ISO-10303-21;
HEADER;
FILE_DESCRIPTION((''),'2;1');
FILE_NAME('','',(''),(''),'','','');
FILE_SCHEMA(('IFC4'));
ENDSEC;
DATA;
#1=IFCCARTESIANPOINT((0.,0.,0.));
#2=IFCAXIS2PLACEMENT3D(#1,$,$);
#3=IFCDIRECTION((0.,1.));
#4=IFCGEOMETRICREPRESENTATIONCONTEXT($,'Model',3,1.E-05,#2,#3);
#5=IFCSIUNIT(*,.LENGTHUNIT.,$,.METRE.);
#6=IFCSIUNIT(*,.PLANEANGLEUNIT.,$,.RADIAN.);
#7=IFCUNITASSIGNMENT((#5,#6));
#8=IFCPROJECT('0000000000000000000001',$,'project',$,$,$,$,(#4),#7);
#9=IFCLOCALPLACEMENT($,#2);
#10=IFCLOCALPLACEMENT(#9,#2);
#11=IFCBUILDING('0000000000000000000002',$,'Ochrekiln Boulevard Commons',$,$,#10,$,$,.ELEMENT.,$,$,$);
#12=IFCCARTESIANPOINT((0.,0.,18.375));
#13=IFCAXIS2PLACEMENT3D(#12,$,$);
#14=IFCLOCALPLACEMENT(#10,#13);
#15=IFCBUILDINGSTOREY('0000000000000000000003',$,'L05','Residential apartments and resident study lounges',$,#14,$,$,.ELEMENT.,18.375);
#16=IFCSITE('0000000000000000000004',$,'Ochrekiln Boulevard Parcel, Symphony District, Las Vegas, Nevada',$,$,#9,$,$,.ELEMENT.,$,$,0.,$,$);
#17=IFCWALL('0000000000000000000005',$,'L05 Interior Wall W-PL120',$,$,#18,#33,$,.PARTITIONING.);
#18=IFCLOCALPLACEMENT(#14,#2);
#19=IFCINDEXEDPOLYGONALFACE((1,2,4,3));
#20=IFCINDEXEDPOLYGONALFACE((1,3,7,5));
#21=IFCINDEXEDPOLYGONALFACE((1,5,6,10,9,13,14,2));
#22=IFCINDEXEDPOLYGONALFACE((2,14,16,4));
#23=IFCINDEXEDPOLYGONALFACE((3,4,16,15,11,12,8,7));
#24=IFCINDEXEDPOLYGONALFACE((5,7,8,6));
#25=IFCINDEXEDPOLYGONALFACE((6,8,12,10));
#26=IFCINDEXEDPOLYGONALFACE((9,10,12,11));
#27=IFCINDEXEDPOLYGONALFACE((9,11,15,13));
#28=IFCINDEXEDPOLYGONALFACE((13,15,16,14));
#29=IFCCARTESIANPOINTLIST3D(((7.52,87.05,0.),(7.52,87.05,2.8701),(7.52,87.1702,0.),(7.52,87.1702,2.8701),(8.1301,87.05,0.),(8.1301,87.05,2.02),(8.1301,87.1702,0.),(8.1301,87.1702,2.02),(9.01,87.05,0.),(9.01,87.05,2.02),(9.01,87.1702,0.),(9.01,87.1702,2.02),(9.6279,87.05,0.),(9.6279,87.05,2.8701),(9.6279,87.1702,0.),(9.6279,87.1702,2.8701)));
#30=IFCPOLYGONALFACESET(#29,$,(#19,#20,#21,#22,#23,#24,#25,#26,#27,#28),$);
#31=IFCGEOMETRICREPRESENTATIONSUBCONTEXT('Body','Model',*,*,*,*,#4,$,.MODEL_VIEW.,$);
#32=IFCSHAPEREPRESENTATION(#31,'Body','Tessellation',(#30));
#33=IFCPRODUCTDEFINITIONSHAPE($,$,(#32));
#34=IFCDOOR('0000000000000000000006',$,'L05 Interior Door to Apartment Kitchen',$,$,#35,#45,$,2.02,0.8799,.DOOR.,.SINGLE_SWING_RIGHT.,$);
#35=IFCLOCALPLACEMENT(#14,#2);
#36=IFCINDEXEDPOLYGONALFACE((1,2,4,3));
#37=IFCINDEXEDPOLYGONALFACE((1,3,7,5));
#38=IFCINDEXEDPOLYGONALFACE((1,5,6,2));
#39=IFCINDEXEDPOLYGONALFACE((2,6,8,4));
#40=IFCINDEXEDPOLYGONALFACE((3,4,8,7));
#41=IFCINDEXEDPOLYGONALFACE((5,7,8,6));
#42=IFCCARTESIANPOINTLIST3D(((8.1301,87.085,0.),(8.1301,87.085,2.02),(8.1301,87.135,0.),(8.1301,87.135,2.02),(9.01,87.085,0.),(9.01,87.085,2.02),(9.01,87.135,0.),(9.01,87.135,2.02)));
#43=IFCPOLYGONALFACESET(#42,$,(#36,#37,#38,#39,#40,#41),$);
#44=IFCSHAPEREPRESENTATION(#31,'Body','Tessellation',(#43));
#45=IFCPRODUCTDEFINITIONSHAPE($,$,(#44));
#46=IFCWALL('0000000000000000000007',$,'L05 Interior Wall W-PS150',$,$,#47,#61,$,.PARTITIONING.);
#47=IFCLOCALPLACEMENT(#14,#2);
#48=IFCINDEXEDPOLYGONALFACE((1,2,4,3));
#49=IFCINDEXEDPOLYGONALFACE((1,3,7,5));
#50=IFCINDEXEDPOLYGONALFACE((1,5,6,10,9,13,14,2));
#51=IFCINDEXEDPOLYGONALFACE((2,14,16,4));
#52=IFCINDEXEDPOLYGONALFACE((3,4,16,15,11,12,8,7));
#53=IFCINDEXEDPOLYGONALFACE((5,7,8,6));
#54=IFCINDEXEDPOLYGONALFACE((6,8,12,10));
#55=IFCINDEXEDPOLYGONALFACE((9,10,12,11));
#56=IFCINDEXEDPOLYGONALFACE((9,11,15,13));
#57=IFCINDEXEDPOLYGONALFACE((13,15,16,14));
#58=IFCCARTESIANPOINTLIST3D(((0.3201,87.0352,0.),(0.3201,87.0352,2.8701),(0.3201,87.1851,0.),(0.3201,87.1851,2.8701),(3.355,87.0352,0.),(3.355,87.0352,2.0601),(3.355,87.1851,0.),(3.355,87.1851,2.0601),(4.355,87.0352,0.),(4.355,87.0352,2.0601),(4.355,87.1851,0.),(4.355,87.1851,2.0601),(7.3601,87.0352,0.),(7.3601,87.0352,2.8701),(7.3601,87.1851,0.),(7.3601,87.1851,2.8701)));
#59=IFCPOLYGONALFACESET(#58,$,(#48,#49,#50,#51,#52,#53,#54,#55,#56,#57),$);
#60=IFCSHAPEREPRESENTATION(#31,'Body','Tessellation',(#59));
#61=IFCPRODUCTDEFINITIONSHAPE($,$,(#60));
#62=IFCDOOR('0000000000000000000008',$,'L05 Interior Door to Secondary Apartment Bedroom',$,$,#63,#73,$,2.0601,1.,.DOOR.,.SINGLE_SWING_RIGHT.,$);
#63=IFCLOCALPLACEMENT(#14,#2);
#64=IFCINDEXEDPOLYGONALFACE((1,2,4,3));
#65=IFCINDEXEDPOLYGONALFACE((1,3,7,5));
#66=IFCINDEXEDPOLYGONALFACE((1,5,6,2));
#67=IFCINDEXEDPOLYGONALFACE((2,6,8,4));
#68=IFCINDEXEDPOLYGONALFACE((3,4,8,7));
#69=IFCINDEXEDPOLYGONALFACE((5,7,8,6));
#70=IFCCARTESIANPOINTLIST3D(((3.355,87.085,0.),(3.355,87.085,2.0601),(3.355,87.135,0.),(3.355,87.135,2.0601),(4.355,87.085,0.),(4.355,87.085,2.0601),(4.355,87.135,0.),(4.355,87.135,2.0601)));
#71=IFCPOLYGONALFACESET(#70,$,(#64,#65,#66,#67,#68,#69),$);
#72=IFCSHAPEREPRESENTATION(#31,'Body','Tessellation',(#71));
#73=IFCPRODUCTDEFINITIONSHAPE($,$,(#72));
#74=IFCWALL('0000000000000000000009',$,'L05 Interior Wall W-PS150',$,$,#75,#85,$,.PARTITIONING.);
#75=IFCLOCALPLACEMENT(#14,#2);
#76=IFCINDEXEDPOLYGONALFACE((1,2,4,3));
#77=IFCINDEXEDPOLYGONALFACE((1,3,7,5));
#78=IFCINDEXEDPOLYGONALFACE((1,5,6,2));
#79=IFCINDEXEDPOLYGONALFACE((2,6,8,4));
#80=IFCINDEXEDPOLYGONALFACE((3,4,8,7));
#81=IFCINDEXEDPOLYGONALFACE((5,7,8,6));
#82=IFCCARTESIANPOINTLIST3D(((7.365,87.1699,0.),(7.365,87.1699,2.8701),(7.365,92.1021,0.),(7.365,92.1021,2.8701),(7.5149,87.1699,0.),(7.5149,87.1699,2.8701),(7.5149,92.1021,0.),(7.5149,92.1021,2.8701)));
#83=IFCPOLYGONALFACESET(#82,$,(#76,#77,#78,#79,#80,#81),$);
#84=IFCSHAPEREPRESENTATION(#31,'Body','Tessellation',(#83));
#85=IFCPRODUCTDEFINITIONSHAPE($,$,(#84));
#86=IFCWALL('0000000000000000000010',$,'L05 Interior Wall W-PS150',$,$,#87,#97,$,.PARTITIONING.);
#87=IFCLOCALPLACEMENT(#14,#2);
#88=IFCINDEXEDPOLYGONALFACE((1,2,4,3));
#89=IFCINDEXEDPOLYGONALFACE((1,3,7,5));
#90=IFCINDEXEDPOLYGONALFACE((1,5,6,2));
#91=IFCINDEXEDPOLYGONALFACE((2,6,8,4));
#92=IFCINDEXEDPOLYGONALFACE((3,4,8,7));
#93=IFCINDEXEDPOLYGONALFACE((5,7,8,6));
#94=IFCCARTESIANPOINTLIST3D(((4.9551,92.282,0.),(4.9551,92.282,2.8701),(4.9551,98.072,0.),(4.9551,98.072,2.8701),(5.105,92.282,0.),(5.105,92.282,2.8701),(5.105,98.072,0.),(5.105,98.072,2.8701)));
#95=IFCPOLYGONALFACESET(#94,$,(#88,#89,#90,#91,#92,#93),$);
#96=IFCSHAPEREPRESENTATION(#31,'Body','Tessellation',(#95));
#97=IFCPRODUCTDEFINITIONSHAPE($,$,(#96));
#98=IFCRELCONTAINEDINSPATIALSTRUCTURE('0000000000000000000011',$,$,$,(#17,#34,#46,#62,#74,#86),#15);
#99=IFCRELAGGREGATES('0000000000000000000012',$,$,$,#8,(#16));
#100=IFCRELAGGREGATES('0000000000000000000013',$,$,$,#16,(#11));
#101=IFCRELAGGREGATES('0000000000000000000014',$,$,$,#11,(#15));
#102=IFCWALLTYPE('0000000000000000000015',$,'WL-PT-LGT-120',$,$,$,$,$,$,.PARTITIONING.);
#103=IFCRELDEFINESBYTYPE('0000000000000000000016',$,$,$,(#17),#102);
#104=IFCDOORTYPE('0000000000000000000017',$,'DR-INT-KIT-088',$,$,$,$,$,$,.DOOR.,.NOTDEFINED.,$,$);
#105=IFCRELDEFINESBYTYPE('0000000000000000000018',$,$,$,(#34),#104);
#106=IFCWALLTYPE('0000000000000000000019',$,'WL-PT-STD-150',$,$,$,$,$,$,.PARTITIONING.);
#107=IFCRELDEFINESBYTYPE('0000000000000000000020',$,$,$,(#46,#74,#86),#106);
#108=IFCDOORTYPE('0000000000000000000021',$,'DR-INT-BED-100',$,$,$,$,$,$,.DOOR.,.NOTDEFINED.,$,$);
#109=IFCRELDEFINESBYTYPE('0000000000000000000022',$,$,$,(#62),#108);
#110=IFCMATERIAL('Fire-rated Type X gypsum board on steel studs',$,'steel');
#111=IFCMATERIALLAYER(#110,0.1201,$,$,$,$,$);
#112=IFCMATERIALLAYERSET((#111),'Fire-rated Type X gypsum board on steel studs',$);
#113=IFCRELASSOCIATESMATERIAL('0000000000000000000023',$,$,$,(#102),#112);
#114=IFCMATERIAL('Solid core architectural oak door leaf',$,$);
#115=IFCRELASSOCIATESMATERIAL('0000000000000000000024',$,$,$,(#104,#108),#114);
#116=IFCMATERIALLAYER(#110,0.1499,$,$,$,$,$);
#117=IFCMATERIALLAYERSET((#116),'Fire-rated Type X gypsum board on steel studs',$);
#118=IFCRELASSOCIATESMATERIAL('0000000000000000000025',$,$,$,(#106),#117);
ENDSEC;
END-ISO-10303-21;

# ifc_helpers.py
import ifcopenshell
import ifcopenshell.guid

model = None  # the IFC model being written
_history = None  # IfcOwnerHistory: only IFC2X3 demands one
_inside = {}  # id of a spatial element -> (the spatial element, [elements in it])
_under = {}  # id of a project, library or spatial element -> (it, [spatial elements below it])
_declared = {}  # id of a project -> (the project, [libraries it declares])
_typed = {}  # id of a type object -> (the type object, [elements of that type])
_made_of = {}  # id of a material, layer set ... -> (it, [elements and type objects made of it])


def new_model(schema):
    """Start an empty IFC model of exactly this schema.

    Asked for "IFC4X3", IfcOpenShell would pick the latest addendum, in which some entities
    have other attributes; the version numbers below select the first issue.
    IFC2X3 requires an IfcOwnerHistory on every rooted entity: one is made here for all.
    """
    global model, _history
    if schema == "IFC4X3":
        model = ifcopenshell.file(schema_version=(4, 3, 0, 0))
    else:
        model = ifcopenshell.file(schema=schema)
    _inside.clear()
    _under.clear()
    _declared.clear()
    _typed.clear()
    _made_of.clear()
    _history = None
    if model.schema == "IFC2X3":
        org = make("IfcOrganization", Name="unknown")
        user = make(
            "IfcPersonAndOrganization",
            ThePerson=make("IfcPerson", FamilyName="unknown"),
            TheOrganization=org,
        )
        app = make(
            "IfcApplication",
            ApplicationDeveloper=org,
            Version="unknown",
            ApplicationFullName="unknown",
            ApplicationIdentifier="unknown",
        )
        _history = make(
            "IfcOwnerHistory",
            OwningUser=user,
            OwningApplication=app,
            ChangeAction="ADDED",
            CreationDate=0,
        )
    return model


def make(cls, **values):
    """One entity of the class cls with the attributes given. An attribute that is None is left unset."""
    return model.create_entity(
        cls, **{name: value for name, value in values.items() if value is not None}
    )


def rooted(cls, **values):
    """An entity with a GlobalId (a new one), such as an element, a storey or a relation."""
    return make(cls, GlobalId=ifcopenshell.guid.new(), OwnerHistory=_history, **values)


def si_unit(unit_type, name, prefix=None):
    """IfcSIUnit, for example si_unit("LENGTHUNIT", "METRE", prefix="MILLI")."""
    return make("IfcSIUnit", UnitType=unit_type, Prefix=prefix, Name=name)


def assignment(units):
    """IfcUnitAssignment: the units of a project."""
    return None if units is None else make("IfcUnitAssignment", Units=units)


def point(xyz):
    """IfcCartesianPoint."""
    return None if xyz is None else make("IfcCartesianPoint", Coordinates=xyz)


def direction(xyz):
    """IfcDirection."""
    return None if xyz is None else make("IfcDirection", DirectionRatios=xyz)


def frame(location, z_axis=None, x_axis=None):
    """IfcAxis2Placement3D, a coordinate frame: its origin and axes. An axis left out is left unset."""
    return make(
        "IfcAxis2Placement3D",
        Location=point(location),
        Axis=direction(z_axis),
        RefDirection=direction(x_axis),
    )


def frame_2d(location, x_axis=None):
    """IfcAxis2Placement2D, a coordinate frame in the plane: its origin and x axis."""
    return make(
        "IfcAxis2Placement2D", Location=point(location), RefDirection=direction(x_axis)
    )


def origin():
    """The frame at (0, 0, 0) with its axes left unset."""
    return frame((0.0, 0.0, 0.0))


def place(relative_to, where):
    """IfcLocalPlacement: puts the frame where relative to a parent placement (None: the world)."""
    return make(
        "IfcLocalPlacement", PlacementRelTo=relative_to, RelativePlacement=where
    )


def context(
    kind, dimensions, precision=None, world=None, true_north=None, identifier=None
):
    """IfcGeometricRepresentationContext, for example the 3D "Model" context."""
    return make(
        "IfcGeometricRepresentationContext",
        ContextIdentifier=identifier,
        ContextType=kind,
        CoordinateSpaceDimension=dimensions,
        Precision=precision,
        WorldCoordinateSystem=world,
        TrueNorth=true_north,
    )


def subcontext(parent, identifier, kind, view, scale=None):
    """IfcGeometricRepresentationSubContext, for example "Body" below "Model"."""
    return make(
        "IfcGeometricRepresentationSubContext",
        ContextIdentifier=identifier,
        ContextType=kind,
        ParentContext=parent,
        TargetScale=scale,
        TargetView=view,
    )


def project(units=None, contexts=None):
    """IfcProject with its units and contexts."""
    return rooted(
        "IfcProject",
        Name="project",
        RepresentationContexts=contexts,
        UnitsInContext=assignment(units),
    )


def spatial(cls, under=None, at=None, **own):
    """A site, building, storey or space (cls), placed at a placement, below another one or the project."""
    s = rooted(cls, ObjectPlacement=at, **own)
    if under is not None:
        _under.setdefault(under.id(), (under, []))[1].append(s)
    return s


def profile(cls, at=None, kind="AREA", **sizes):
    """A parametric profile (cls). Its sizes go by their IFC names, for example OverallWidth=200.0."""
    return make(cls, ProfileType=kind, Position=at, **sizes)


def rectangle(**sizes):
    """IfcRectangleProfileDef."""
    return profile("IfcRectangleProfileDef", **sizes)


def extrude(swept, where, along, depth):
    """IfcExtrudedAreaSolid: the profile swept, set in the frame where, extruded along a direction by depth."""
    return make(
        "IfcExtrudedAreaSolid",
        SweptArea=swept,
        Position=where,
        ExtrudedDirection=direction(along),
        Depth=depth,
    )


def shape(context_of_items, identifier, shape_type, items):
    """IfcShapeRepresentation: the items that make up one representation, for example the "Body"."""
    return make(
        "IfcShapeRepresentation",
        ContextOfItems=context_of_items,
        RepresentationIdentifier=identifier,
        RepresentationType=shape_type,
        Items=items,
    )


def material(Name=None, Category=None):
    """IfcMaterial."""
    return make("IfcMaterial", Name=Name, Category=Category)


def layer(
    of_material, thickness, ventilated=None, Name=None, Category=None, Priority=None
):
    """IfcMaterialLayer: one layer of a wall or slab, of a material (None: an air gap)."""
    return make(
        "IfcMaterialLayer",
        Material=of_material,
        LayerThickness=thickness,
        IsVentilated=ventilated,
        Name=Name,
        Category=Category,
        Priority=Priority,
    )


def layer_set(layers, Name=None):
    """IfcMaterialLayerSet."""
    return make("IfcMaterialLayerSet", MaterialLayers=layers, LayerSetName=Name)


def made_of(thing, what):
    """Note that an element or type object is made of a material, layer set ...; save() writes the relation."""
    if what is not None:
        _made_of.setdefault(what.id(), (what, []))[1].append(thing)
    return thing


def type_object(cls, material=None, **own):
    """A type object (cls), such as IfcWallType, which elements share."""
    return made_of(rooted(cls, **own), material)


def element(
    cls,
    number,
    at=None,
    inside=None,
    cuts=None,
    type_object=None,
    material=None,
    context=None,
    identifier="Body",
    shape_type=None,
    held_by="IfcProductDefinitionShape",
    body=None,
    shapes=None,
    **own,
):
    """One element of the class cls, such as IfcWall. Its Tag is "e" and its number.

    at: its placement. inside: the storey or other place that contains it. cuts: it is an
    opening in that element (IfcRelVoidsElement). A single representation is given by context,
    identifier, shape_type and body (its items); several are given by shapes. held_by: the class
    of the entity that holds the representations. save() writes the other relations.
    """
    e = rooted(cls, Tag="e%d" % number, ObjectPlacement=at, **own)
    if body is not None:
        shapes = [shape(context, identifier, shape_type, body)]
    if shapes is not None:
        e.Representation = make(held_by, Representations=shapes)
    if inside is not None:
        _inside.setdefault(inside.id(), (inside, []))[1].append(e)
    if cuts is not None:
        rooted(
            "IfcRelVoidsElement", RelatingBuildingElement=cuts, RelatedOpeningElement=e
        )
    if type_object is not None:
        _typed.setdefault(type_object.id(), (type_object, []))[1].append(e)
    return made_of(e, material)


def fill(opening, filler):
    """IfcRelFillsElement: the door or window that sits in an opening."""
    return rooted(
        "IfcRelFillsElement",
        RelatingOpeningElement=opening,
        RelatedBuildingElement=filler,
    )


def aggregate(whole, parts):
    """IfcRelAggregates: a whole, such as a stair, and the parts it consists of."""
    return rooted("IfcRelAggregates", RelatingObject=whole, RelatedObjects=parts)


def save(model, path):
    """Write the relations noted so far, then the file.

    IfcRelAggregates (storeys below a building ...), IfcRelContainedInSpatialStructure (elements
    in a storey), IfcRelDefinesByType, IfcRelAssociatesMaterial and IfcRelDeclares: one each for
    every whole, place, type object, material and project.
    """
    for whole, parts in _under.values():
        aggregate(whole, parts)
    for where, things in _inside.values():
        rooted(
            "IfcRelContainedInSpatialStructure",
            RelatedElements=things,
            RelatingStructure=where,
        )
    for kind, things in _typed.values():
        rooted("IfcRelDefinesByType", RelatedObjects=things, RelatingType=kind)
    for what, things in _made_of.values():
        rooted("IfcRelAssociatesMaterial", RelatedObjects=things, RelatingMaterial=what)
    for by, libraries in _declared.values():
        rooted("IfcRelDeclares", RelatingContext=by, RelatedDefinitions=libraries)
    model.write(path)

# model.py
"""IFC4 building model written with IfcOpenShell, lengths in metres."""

from ifc_helpers import new_model, si_unit, direction, frame, frame_2d, origin, place, context, subcontext, project, spatial, rectangle, extrude, material, layer, layer_set, type_object, element, fill, save


model = new_model("IFC4")

# Units and contexts
model_context = context("Model", 3, precision=1e-05, world=origin(), true_north=direction((0.0, 1.0)))
body_context = subcontext(model_context, "Body", "Model", "MODEL_VIEW")
ifc_project = project(units=[si_unit("LENGTHUNIT", "METRE"), si_unit("PLANEANGLEUNIT", "RADIAN")], contexts=[model_context])

# Site, building, storey
site_placement = place(None, origin())
site = spatial("IfcSite", under=ifc_project, at=site_placement, Name="Ochrekiln Boulevard Parcel, Symphony District, Las Vegas, Nevada", CompositionType="ELEMENT", RefElevation=0.0)
building_placement = place(site_placement, origin())
building = spatial("IfcBuilding", under=site, at=building_placement, Name="Ochrekiln Boulevard Commons", CompositionType="ELEMENT")
storey_placement = place(building_placement, frame((0.0, 0.0, 18.375)))
storey = spatial("IfcBuildingStorey", under=building, at=storey_placement, Name="L05", Description="Residential apartments and resident study lounges", CompositionType="ELEMENT", Elevation=18.375)

# Shared definitions
ifc_material_1 = material(Name="Solid core architectural oak door leaf")

# Shared definitions
ifc_material_2 = material(Name="Fire-rated Type X gypsum board on steel studs", Category="steel")

# Walls, openings, doors
ifc_layer_1 = layer(ifc_material_2, 0.1201)
ifc_layer_set_1 = layer_set([ifc_layer_1], Name="Fire-rated Type X gypsum board on steel studs")
wall_type_1 = type_object("IfcWallType", Name="WL-PT-LGT-120", PredefinedType="PARTITIONING", material=ifc_layer_set_1)
wall_1_placement = place(storey_placement, frame((7.52, 87.1101, 0.0), z_axis=(0.0, 0.0, 1.0), x_axis=(1.0, 0.0, 0.0)))
wall_1 = element("IfcWall", 1, at=wall_1_placement, inside=storey, type_object=wall_type_1, Name="L05 Interior Wall W-PL120", PredefinedType="PARTITIONING", context=body_context, shape_type="SweptSolid", body=[
    extrude(rectangle(XDim=2.1079, YDim=0.1201, at=frame_2d((1.054, 0.0))), origin(), (0.0, 0.0, 1.0), 2.8701),
])
opening_1_placement = place(wall_1_placement, frame((0.6101, 0.0, 0.0)))
opening_1 = element("IfcOpeningElement", 2, at=opening_1_placement, cuts=wall_1, PredefinedType="OPENING", context=body_context, shape_type="SweptSolid", body=[
    extrude(rectangle(XDim=0.8799, YDim=2.02, at=frame_2d((0.4399, 1.01))), frame((0.0, 0.0701, 0.0), z_axis=(0.0, -1.0, 0.0), x_axis=(1.0, 0.0, 0.0)), (0.0, 0.0, 1.0), 0.1401),
])
door_type_1 = type_object("IfcDoorType", Name="DR-INT-KIT-088", OperationType="NOTDEFINED", PredefinedType="DOOR", material=ifc_material_1)
door_1_placement = place(opening_1_placement, origin())
door_1 = element("IfcDoor", 3, at=door_1_placement, inside=storey, type_object=door_type_1, Name="L05 Interior Door to Apartment Kitchen", OperationType="SINGLE_SWING_RIGHT", OverallHeight=2.02, OverallWidth=0.8799, PredefinedType="DOOR", context=body_context, shape_type="SweptSolid", body=[
    extrude(rectangle(XDim=0.8799, YDim=2.02, at=frame_2d((0.4399, 1.01))), frame((0.0, 0.0249, 0.0), z_axis=(0.0, -1.0, 0.0), x_axis=(1.0, 0.0, 0.0)), (0.0, 0.0, 1.0), 0.05),
])
fill(opening_1, door_1)
ifc_layer_2 = layer(ifc_material_2, 0.1499)
ifc_layer_set_2 = layer_set([ifc_layer_2], Name="Fire-rated Type X gypsum board on steel studs")
wall_type_2 = type_object("IfcWallType", Name="WL-PT-STD-150", PredefinedType="PARTITIONING", material=ifc_layer_set_2)
wall_2_placement = place(storey_placement, frame((0.3201, 87.1101, 0.0), z_axis=(0.0, 0.0, 1.0), x_axis=(1.0, 0.0, 0.0)))
wall_2 = element("IfcWall", 4, at=wall_2_placement, inside=storey, type_object=wall_type_2, Name="L05 Interior Wall W-PS150", PredefinedType="PARTITIONING", context=body_context, shape_type="SweptSolid", body=[
    extrude(rectangle(XDim=7.04, YDim=0.1499, at=frame_2d((3.52, 0.0))), origin(), (0.0, 0.0, 1.0), 2.8701),
])
opening_2_placement = place(wall_2_placement, frame((3.0349, 0.0, 0.0)))
opening_2 = element("IfcOpeningElement", 5, at=opening_2_placement, cuts=wall_2, PredefinedType="OPENING", context=body_context, shape_type="SweptSolid", body=[
    extrude(rectangle(XDim=1.0, YDim=2.0601, at=frame_2d((0.5, 1.03))), frame((0.0, 0.085, 0.0), z_axis=(0.0, -1.0, 0.0), x_axis=(1.0, 0.0, 0.0)), (0.0, 0.0, 1.0), 0.1699),
])
door_type_2 = type_object("IfcDoorType", Name="DR-INT-BED-100", OperationType="NOTDEFINED", PredefinedType="DOOR", material=ifc_material_1)
door_2_placement = place(opening_2_placement, origin())
door_2 = element("IfcDoor", 6, at=door_2_placement, inside=storey, type_object=door_type_2, Name="L05 Interior Door to Secondary Apartment Bedroom", OperationType="SINGLE_SWING_RIGHT", OverallHeight=2.0601, OverallWidth=1.0, PredefinedType="DOOR", context=body_context, shape_type="SweptSolid", body=[
    extrude(rectangle(XDim=1.0, YDim=2.0601, at=frame_2d((0.5, 1.03))), frame((0.0, 0.0249, 0.0), z_axis=(0.0, -1.0, 0.0), x_axis=(1.0, 0.0, 0.0)), (0.0, 0.0, 1.0), 0.05),
])
fill(opening_2, door_2)

# Walls
wall_3_placement = place(storey_placement, frame((7.4399, 87.1699, 0.0), z_axis=(0.0, 0.0, 1.0), x_axis=(0.0, 1.0, 0.0)))
element("IfcWall", 7, at=wall_3_placement, inside=storey, type_object=wall_type_2, Name="L05 Interior Wall W-PS150", PredefinedType="PARTITIONING", context=body_context, shape_type="SweptSolid", body=[
    extrude(rectangle(XDim=4.9321, YDim=0.1499, at=frame_2d((2.4661, 0.0))), origin(), (0.0, 0.0, 1.0), 2.8701),
])
wall_4_placement = place(storey_placement, frame((5.03, 92.282, 0.0), z_axis=(0.0, 0.0, 1.0), x_axis=(0.0, 1.0, 0.0)))
element("IfcWall", 8, at=wall_4_placement, inside=storey, type_object=wall_type_2, Name="L05 Interior Wall W-PS150", PredefinedType="PARTITIONING", context=body_context, shape_type="SweptSolid", body=[
    extrude(rectangle(XDim=5.79, YDim=0.1499, at=frame_2d((2.895, 0.0))), origin(), (0.0, 0.0, 1.0), 2.8701),
])

save(model, "model.ifc")
